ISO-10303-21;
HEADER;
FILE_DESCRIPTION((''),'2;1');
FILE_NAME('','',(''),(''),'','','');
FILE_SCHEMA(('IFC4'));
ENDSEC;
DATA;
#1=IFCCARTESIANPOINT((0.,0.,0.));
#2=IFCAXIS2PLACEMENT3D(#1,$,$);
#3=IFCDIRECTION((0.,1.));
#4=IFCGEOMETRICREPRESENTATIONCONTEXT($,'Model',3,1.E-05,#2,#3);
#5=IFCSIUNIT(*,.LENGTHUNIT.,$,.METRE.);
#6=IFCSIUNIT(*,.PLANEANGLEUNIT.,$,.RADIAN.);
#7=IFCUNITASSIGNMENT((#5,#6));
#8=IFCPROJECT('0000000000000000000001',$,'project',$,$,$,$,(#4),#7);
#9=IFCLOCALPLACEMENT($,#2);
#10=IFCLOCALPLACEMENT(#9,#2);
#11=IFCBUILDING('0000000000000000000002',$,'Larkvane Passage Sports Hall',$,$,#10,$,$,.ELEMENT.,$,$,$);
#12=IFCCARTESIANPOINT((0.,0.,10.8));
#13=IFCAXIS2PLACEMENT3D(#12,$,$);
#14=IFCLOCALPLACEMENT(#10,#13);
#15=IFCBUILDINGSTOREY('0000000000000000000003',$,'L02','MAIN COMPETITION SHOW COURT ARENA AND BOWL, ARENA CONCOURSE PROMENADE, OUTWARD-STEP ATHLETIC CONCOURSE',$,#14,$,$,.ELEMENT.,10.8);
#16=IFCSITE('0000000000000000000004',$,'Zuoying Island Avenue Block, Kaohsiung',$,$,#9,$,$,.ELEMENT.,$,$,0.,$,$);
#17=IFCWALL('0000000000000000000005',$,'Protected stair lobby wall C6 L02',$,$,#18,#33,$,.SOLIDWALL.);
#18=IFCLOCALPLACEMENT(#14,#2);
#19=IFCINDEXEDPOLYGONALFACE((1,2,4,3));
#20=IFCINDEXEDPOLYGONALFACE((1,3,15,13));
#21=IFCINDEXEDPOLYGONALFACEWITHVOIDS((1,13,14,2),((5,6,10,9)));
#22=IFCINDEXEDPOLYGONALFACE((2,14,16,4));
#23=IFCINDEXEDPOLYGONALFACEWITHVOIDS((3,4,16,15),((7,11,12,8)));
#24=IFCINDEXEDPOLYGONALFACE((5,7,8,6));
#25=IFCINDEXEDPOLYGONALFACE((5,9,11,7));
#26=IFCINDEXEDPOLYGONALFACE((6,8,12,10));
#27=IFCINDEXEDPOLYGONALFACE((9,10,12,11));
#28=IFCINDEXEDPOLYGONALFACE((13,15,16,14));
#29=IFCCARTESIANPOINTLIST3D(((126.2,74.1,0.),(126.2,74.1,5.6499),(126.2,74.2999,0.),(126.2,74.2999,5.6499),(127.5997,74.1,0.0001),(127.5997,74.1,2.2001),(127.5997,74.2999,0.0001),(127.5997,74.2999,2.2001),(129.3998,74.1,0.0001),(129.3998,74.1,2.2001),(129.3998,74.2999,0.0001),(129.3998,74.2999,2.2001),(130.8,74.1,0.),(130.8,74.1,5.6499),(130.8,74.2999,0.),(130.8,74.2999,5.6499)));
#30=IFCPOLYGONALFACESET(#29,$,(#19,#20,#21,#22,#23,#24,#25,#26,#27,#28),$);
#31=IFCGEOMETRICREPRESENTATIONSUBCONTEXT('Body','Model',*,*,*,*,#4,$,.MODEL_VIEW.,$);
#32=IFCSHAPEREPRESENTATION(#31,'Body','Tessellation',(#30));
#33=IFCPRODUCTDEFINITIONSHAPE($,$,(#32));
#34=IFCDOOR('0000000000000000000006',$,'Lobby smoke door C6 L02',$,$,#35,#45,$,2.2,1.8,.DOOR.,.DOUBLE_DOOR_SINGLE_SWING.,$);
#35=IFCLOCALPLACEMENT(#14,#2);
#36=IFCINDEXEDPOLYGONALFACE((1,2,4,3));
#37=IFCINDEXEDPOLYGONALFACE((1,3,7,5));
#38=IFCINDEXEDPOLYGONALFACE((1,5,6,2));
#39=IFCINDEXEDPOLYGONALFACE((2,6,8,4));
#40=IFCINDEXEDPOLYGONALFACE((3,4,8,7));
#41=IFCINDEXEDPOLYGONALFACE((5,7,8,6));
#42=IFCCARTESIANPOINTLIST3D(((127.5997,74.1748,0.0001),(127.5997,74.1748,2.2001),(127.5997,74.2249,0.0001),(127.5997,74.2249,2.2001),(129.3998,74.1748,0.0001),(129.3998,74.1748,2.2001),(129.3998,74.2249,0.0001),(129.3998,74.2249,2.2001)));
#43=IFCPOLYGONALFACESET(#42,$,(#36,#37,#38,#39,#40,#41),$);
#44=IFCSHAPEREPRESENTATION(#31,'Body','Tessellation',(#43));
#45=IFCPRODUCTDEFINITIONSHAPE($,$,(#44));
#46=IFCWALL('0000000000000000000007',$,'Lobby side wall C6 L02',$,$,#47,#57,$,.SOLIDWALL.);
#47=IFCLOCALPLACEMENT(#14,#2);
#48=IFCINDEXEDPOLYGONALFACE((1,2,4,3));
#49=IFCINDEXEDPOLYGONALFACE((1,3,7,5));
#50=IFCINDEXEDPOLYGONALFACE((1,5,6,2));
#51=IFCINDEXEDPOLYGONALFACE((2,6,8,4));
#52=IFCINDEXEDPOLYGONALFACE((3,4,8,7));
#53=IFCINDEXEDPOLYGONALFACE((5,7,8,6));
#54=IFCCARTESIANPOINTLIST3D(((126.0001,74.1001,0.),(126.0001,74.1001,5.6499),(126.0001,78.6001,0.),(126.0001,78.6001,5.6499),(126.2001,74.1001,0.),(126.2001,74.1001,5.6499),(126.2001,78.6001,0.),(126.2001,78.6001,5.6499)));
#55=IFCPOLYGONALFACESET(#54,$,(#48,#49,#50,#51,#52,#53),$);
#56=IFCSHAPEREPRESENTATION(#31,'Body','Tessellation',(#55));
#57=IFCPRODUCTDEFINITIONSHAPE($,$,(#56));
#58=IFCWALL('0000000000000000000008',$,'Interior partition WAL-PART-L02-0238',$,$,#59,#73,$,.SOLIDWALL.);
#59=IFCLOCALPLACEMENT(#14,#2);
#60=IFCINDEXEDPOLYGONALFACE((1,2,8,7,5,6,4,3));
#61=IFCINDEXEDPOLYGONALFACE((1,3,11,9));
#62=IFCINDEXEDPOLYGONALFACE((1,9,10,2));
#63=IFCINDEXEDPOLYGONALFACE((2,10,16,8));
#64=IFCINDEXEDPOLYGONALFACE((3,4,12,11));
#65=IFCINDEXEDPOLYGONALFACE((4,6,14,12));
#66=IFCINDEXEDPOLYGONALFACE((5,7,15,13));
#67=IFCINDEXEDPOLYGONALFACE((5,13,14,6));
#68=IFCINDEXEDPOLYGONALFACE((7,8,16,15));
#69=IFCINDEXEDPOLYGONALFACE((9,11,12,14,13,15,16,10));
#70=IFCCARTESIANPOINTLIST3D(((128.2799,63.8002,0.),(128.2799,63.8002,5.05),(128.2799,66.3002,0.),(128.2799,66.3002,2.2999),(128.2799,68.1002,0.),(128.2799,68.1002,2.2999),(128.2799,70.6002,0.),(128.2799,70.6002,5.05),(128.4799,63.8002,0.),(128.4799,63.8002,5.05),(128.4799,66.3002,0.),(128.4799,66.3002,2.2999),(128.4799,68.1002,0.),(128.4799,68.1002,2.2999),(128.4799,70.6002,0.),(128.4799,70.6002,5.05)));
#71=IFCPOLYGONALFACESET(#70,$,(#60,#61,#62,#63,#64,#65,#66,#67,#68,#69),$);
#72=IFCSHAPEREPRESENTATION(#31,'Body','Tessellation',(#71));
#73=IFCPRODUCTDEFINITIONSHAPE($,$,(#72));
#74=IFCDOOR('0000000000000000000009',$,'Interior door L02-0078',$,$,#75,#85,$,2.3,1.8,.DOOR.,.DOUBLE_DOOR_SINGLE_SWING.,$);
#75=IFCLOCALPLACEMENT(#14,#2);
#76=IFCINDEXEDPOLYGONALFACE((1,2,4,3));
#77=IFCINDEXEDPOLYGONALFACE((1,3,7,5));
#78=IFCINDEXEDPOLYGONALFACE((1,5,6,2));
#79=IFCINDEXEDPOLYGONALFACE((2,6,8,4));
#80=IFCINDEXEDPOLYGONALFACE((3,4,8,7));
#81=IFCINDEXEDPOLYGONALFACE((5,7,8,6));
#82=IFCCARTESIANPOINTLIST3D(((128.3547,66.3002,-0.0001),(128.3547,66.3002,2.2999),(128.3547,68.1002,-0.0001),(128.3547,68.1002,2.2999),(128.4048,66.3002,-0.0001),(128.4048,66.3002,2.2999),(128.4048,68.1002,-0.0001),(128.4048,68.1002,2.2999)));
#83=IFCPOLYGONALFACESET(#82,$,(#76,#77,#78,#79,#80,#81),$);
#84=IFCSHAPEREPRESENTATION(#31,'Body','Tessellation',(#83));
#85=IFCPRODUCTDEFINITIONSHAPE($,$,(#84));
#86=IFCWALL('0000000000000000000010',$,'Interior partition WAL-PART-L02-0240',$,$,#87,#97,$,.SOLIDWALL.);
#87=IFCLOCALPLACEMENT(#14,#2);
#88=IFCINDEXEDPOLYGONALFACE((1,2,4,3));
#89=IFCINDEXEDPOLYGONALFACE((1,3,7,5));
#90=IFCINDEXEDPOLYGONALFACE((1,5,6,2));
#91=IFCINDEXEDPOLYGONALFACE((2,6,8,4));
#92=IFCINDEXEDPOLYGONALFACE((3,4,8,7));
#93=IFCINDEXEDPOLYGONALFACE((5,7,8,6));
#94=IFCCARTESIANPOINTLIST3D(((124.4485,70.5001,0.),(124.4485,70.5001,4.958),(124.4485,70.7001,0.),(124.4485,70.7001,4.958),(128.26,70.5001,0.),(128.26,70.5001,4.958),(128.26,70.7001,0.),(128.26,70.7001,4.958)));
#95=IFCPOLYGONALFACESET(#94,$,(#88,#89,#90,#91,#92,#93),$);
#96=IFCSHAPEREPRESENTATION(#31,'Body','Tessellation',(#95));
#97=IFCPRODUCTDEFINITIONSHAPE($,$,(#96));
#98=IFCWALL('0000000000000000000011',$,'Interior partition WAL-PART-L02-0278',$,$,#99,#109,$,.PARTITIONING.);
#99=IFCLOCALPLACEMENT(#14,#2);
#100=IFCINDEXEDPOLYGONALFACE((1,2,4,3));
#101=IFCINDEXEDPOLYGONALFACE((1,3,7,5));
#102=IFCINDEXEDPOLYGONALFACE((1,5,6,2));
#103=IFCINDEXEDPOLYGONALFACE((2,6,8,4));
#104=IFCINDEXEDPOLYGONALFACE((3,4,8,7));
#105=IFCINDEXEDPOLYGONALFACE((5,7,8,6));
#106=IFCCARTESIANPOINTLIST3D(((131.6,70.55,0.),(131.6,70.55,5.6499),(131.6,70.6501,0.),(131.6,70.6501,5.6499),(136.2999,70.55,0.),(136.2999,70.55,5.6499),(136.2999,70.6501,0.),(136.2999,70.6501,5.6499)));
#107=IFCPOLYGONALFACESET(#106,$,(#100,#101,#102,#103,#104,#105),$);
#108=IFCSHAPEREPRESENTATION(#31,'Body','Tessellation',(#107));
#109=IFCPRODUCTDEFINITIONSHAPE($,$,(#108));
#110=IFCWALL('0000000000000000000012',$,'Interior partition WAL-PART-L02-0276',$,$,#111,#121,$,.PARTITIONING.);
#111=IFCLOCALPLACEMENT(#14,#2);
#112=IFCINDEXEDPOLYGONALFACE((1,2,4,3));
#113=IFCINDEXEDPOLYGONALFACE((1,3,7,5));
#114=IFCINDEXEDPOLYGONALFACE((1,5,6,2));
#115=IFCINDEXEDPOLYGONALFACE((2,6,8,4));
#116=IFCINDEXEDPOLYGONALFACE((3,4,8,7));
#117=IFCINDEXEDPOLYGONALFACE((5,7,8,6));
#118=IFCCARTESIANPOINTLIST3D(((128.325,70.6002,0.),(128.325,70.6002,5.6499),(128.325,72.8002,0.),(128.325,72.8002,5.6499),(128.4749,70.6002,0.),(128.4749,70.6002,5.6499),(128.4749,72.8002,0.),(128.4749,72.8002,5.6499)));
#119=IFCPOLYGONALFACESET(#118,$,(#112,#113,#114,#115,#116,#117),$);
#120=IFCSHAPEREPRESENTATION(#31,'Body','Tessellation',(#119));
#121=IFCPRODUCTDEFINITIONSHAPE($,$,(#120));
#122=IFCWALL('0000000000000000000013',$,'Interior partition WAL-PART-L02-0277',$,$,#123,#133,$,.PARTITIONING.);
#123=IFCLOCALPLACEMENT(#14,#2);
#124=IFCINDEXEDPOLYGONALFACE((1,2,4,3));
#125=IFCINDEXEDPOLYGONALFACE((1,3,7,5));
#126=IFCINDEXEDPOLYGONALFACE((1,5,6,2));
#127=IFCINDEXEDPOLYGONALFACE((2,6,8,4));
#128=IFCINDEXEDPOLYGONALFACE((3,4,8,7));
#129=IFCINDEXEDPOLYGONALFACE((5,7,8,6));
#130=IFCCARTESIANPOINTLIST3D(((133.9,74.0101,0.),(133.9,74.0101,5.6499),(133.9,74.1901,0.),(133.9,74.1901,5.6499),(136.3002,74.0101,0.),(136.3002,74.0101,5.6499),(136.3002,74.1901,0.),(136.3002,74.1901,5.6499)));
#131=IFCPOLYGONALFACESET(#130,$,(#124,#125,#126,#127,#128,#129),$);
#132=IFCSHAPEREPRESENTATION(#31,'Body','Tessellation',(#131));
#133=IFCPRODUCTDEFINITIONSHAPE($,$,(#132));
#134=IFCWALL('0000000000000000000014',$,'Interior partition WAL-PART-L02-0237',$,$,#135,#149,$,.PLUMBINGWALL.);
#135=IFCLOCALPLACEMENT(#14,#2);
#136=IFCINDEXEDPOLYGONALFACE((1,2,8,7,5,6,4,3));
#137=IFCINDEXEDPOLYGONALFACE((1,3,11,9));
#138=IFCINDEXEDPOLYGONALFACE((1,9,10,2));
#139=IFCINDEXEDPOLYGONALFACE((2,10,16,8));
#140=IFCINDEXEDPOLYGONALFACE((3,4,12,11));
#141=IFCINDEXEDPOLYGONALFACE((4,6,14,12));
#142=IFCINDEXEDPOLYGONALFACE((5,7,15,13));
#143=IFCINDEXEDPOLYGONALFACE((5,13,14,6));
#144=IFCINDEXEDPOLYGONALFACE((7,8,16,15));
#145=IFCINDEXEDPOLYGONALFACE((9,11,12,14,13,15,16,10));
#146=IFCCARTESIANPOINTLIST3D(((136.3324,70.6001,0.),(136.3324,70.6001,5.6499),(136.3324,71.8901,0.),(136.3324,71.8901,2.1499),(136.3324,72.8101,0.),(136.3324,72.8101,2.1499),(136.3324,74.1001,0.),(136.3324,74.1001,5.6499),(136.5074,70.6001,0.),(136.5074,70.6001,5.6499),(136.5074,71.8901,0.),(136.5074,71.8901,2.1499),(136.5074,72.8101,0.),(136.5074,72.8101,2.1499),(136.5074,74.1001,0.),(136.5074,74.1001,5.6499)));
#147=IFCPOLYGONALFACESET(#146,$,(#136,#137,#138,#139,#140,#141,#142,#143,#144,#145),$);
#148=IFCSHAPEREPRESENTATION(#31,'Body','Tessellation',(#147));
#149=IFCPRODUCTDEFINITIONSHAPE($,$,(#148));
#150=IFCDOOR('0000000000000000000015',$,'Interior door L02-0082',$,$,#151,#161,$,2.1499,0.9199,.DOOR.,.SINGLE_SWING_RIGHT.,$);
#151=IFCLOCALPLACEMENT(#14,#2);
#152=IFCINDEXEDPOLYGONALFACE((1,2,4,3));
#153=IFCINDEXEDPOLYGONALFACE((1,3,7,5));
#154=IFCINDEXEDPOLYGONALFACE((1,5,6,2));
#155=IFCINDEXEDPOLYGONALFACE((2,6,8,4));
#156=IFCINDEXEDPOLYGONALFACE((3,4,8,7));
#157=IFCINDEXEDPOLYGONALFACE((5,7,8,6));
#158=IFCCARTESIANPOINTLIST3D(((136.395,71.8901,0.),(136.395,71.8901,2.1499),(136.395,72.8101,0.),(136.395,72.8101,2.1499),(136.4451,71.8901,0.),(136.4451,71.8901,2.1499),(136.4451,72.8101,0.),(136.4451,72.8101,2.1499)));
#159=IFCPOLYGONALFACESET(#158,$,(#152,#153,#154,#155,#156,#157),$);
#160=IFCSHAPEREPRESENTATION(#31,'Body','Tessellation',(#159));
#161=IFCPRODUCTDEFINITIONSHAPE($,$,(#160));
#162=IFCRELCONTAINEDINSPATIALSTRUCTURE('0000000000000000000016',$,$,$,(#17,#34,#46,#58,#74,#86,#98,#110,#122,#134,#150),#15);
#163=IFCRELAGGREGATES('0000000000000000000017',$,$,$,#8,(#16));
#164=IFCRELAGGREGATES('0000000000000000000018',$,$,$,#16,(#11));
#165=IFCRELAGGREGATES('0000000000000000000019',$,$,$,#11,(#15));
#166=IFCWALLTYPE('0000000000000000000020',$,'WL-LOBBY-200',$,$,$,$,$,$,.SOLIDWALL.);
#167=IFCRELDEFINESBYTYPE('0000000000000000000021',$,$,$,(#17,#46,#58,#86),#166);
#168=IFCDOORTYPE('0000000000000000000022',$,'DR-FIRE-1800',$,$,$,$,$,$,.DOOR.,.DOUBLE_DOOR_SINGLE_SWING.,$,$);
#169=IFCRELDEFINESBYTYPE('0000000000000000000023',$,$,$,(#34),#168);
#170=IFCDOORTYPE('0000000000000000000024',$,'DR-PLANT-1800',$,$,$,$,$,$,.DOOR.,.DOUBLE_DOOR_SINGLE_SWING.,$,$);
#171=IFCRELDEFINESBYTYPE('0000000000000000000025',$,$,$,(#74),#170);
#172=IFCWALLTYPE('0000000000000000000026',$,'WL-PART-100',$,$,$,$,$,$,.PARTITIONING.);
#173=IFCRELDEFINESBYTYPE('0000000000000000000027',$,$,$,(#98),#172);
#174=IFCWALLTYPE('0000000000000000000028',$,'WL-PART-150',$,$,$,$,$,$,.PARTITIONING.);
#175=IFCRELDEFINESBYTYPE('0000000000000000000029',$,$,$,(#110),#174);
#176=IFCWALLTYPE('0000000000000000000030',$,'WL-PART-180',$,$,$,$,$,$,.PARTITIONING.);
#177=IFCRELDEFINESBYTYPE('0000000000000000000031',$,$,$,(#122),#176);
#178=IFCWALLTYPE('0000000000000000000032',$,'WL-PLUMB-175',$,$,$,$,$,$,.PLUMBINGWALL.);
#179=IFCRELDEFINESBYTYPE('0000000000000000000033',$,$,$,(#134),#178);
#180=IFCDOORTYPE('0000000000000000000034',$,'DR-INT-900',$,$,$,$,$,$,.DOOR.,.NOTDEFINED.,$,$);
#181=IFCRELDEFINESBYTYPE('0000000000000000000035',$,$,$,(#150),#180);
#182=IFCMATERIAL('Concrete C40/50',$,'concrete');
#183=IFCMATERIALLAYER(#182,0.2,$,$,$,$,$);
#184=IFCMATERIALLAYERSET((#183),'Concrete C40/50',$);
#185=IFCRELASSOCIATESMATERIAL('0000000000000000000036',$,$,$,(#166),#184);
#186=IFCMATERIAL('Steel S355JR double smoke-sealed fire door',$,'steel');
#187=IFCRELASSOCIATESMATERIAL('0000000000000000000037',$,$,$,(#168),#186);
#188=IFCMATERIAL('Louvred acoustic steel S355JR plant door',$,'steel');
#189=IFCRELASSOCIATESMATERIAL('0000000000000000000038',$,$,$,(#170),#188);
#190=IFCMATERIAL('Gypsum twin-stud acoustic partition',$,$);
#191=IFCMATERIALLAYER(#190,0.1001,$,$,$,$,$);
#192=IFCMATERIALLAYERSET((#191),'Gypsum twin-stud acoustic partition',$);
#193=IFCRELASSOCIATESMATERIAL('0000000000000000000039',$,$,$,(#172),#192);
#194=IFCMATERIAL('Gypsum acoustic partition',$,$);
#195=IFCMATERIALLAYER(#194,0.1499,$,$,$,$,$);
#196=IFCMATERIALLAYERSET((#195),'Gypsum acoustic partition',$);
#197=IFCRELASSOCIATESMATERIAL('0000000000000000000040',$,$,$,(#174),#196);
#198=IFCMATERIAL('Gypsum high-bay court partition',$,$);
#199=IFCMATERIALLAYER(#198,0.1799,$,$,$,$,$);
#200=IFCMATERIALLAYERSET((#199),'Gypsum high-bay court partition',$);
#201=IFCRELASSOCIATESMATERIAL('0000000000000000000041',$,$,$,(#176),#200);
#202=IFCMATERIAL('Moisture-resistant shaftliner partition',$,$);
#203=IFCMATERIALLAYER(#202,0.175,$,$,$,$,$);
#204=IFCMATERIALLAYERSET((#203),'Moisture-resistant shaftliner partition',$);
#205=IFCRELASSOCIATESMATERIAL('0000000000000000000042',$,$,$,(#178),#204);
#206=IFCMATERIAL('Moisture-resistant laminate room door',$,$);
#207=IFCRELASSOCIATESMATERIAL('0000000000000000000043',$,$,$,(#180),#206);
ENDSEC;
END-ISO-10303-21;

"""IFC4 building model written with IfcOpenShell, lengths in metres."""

from ifc_helpers import new_model, si_unit, direction, frame, frame_2d, origin, place, context, subcontext, project, spatial, rectangle, extrude, material, layer, layer_set, type_object, element, fill, save


model = new_model("IFC4")

# Units and contexts
model_context = context("Model", 3, precision=1e-05, world=origin(), true_north=direction((0.0, 1.0)))
body_context = subcontext(model_context, "Body", "Model", "MODEL_VIEW")
ifc_project = project(units=[si_unit("LENGTHUNIT", "METRE"), si_unit("PLANEANGLEUNIT", "RADIAN")], contexts=[model_context])

# Site, building, storey
site_placement = place(None, origin())
site = spatial("IfcSite", under=ifc_project, at=site_placement, Name="Zuoying Island Avenue Block, Kaohsiung", CompositionType="ELEMENT", RefElevation=0.0)
building_placement = place(site_placement, origin())
building = spatial("IfcBuilding", under=site, at=building_placement, Name="Larkvane Passage Sports Hall", CompositionType="ELEMENT")
storey_placement = place(building_placement, frame((0.0, 0.0, 10.8)))
storey = spatial("IfcBuildingStorey", under=building, at=storey_placement, Name="L02", Description="MAIN COMPETITION SHOW COURT ARENA AND BOWL, ARENA CONCOURSE PROMENADE, OUTWARD-STEP ATHLETIC CONCOURSE", CompositionType="ELEMENT", Elevation=10.8)

# Shared definitions
ifc_material_1 = material(Name="Concrete C40/50", Category="concrete")

# Wall, opening, door
ifc_layer_1 = layer(ifc_material_1, 0.2)
ifc_layer_set_1 = layer_set([ifc_layer_1], Name="Concrete C40/50")
wall_type_1 = type_object("IfcWallType", Name="WL-LOBBY-200", PredefinedType="SOLIDWALL", material=ifc_layer_set_1)
wall_1_placement = place(storey_placement, frame((126.2, 74.2, 0.0), z_axis=(0.0, 0.0, 1.0), x_axis=(1.0, 0.0, 0.0)))
wall_1 = element("IfcWall", 1, at=wall_1_placement, inside=storey, type_object=wall_type_1, Name="Protected stair lobby wall C6 L02", PredefinedType="SOLIDWALL", context=body_context, shape_type="SweptSolid", body=[
    extrude(rectangle(XDim=4.6001, YDim=0.2, at=frame_2d((2.3, 0.0))), origin(), (0.0, 0.0, 1.0), 5.6499),
])
opening_1_placement = place(wall_1_placement, frame((1.3999, 0.0, 0.0)))
opening_1 = element("IfcOpeningElement", 2, at=opening_1_placement, cuts=wall_1, PredefinedType="OPENING", context=body_context, shape_type="SweptSolid", body=[
    extrude(rectangle(XDim=1.8, YDim=2.2, at=frame_2d((0.8999, 1.1001))), frame((0.0, 0.1099, 0.0), z_axis=(0.0, -1.0, 0.0), x_axis=(1.0, 0.0, 0.0)), (0.0, 0.0, 1.0), 0.22),
])
ifc_material_2 = material(Name="Steel S355JR double smoke-sealed fire door", Category="steel")
door_type_1 = type_object("IfcDoorType", Name="DR-FIRE-1800", OperationType="DOUBLE_DOOR_SINGLE_SWING", PredefinedType="DOOR", material=ifc_material_2)
door_1_placement = place(opening_1_placement, origin())
door_1 = element("IfcDoor", 3, at=door_1_placement, inside=storey, type_object=door_type_1, Name="Lobby smoke door C6 L02", OperationType="DOUBLE_DOOR_SINGLE_SWING", OverallHeight=2.2, OverallWidth=1.8, PredefinedType="DOOR", context=body_context, shape_type="SweptSolid", body=[
    extrude(rectangle(XDim=1.8, YDim=2.2, at=frame_2d((0.8999, 1.1001))), frame((0.0, 0.0249, 0.0), z_axis=(0.0, -1.0, 0.0), x_axis=(1.0, 0.0, 0.0)), (0.0, 0.0, 1.0), 0.05),
])
fill(opening_1, door_1)

# Wall
wall_2_placement = place(storey_placement, frame((126.1001, 74.1001, 0.0), z_axis=(0.0, 0.0, 1.0), x_axis=(0.0, 1.0, 0.0)))
element("IfcWall", 4, at=wall_2_placement, inside=storey, type_object=wall_type_1, Name="Lobby side wall C6 L02", PredefinedType="SOLIDWALL", context=body_context, shape_type="SweptSolid", body=[
    extrude(rectangle(XDim=4.5, YDim=0.2, at=frame_2d((2.25, 0.0))), origin(), (0.0, 0.0, 1.0), 5.6499),
])

# Wall, opening, door
wall_3_placement = place(storey_placement, frame((128.3799, 70.6001, 0.0), z_axis=(0.0, 0.0, 1.0), x_axis=(0.0, -1.0, 0.0)))
wall_3 = element("IfcWall", 5, at=wall_3_placement, inside=storey, type_object=wall_type_1, Name="Interior partition WAL-PART-L02-0238", PredefinedType="SOLIDWALL", context=body_context, shape_type="SweptSolid", body=[
    extrude(rectangle(XDim=6.8, YDim=0.2, at=frame_2d((3.3999, 0.0))), origin(), (0.0, 0.0, 1.0), 5.05),
])
opening_2_placement = place(wall_3_placement, frame((2.5, 0.0, 0.0)))
opening_2 = element("IfcOpeningElement", 6, at=opening_2_placement, cuts=wall_3, PredefinedType="OPENING", context=body_context, shape_type="SweptSolid", body=[
    extrude(rectangle(XDim=1.8, YDim=2.3, at=frame_2d((0.8999, 1.1499))), frame((0.0, 0.1099, 0.0), z_axis=(0.0, -1.0, 0.0), x_axis=(1.0, 0.0, 0.0)), (0.0, 0.0, 1.0), 0.22),
])
ifc_material_3 = material(Name="Louvred acoustic steel S355JR plant door", Category="steel")
door_type_2 = type_object("IfcDoorType", Name="DR-PLANT-1800", OperationType="DOUBLE_DOOR_SINGLE_SWING", PredefinedType="DOOR", material=ifc_material_3)
door_2_placement = place(opening_2_placement, origin())
door_2 = element("IfcDoor", 7, at=door_2_placement, inside=storey, type_object=door_type_2, Name="Interior door L02-0078", OperationType="DOUBLE_DOOR_SINGLE_SWING", OverallHeight=2.3, OverallWidth=1.8, PredefinedType="DOOR", context=body_context, shape_type="SweptSolid", body=[
    extrude(rectangle(XDim=1.8, YDim=2.3, at=frame_2d((0.8999, 1.1499))), frame((0.0, 0.0249, 0.0), z_axis=(0.0, -1.0, 0.0), x_axis=(1.0, 0.0, 0.0)), (0.0, 0.0, 1.0), 0.05),
])
fill(opening_2, door_2)

# Walls
wall_4_placement = place(storey_placement, frame((124.4485, 70.6001, 0.0), z_axis=(0.0, 0.0, 1.0), x_axis=(1.0, 0.0, 0.0)))
element("IfcWall", 8, at=wall_4_placement, inside=storey, type_object=wall_type_1, Name="Interior partition WAL-PART-L02-0240", PredefinedType="SOLIDWALL", context=body_context, shape_type="SweptSolid", body=[
    extrude(rectangle(XDim=3.8115, YDim=0.2, at=frame_2d((1.9058, 0.0))), origin(), (0.0, 0.0, 1.0), 4.958),
])
ifc_material_4 = material(Name="Gypsum twin-stud acoustic partition")
ifc_layer_2 = layer(ifc_material_4, 0.1001)
ifc_layer_set_2 = layer_set([ifc_layer_2], Name="Gypsum twin-stud acoustic partition")
wall_type_2 = type_object("IfcWallType", Name="WL-PART-100", PredefinedType="PARTITIONING", material=ifc_layer_set_2)
wall_5_placement = place(storey_placement, frame((136.3, 70.6001, 0.0), z_axis=(0.0, 0.0, 1.0), x_axis=(-1.0, 0.0, 0.0)))
element("IfcWall", 9, at=wall_5_placement, inside=storey, type_object=wall_type_2, Name="Interior partition WAL-PART-L02-0278", PredefinedType="PARTITIONING", context=body_context, shape_type="SweptSolid", body=[
    extrude(rectangle(XDim=4.7, YDim=0.1001, at=frame_2d((2.3501, 0.0))), origin(), (0.0, 0.0, 1.0), 5.6499),
])
ifc_material_5 = material(Name="Gypsum acoustic partition")
ifc_layer_3 = layer(ifc_material_5, 0.1499)
ifc_layer_set_3 = layer_set([ifc_layer_3], Name="Gypsum acoustic partition")
wall_type_3 = type_object("IfcWallType", Name="WL-PART-150", PredefinedType="PARTITIONING", material=ifc_layer_set_3)
wall_6_placement = place(storey_placement, frame((128.3999, 70.6001, 0.0), z_axis=(0.0, 0.0, 1.0), x_axis=(0.0, 1.0, 0.0)))
element("IfcWall", 10, at=wall_6_placement, inside=storey, type_object=wall_type_3, Name="Interior partition WAL-PART-L02-0276", PredefinedType="PARTITIONING", context=body_context, shape_type="SweptSolid", body=[
    extrude(rectangle(XDim=2.2, YDim=0.1499, at=frame_2d((1.1001, 0.0))), origin(), (0.0, 0.0, 1.0), 5.6499),
])
ifc_material_6 = material(Name="Gypsum high-bay court partition")
ifc_layer_4 = layer(ifc_material_6, 0.1799)
ifc_layer_set_4 = layer_set([ifc_layer_4], Name="Gypsum high-bay court partition")
wall_type_4 = type_object("IfcWallType", Name="WL-PART-180", PredefinedType="PARTITIONING", material=ifc_layer_set_4)
wall_7_placement = place(storey_placement, frame((133.8999, 74.1001, 0.0), z_axis=(0.0, 0.0, 1.0), x_axis=(1.0, 0.0, 0.0)))
element("IfcWall", 11, at=wall_7_placement, inside=storey, type_object=wall_type_4, Name="Interior partition WAL-PART-L02-0277", PredefinedType="PARTITIONING", context=body_context, shape_type="SweptSolid", body=[
    extrude(rectangle(XDim=2.4001, YDim=0.1799, at=frame_2d((1.2002, 0.0))), origin(), (0.0, 0.0, 1.0), 5.6499),
])

# Wall, opening, door
ifc_material_7 = material(Name="Moisture-resistant shaftliner partition")
ifc_layer_5 = layer(ifc_material_7, 0.175)
ifc_layer_set_5 = layer_set([ifc_layer_5], Name="Moisture-resistant shaftliner partition")
wall_type_5 = type_object("IfcWallType", Name="WL-PLUMB-175", PredefinedType="PLUMBINGWALL", material=ifc_layer_set_5)
wall_8_placement = place(storey_placement, frame((136.4199, 70.6001, 0.0), z_axis=(0.0, 0.0, 1.0), x_axis=(0.0, 1.0, 0.0)))
wall_8 = element("IfcWall", 12, at=wall_8_placement, inside=storey, type_object=wall_type_5, Name="Interior partition WAL-PART-L02-0237", PredefinedType="PLUMBINGWALL", context=body_context, shape_type="SweptSolid", body=[
    extrude(rectangle(XDim=3.5, YDim=0.175, at=frame_2d((1.75, 0.0))), origin(), (0.0, 0.0, 1.0), 5.6499),
])
opening_3_placement = place(wall_8_placement, frame((1.29, 0.0, 0.0)))
opening_3 = element("IfcOpeningElement", 13, at=opening_3_placement, cuts=wall_8, PredefinedType="OPENING", context=body_context, shape_type="SweptSolid", body=[
    extrude(rectangle(XDim=0.9199, YDim=2.1499, at=frame_2d((0.46, 1.075))), frame((0.0, 0.0974, 0.0), z_axis=(0.0, -1.0, 0.0), x_axis=(1.0, 0.0, 0.0)), (0.0, 0.0, 1.0), 0.1951),
])
ifc_material_8 = material(Name="Moisture-resistant laminate room door")
door_type_3 = type_object("IfcDoorType", Name="DR-INT-900", OperationType="NOTDEFINED", PredefinedType="DOOR", material=ifc_material_8)
door_3_placement = place(opening_3_placement, origin())
door_3 = element("IfcDoor", 14, at=door_3_placement, inside=storey, type_object=door_type_3, Name="Interior door L02-0082", OperationType="SINGLE_SWING_RIGHT", OverallHeight=2.1499, OverallWidth=0.9199, PredefinedType="DOOR", context=body_context, shape_type="SweptSolid", body=[
    extrude(rectangle(XDim=0.9199, YDim=2.1499, at=frame_2d((0.46, 1.075))), frame((0.0, 0.0249, 0.0), z_axis=(0.0, -1.0, 0.0), x_axis=(1.0, 0.0, 0.0)), (0.0, 0.0, 1.0), 0.05),
])
fill(opening_3, door_3)

save(model, "model.ifc")
